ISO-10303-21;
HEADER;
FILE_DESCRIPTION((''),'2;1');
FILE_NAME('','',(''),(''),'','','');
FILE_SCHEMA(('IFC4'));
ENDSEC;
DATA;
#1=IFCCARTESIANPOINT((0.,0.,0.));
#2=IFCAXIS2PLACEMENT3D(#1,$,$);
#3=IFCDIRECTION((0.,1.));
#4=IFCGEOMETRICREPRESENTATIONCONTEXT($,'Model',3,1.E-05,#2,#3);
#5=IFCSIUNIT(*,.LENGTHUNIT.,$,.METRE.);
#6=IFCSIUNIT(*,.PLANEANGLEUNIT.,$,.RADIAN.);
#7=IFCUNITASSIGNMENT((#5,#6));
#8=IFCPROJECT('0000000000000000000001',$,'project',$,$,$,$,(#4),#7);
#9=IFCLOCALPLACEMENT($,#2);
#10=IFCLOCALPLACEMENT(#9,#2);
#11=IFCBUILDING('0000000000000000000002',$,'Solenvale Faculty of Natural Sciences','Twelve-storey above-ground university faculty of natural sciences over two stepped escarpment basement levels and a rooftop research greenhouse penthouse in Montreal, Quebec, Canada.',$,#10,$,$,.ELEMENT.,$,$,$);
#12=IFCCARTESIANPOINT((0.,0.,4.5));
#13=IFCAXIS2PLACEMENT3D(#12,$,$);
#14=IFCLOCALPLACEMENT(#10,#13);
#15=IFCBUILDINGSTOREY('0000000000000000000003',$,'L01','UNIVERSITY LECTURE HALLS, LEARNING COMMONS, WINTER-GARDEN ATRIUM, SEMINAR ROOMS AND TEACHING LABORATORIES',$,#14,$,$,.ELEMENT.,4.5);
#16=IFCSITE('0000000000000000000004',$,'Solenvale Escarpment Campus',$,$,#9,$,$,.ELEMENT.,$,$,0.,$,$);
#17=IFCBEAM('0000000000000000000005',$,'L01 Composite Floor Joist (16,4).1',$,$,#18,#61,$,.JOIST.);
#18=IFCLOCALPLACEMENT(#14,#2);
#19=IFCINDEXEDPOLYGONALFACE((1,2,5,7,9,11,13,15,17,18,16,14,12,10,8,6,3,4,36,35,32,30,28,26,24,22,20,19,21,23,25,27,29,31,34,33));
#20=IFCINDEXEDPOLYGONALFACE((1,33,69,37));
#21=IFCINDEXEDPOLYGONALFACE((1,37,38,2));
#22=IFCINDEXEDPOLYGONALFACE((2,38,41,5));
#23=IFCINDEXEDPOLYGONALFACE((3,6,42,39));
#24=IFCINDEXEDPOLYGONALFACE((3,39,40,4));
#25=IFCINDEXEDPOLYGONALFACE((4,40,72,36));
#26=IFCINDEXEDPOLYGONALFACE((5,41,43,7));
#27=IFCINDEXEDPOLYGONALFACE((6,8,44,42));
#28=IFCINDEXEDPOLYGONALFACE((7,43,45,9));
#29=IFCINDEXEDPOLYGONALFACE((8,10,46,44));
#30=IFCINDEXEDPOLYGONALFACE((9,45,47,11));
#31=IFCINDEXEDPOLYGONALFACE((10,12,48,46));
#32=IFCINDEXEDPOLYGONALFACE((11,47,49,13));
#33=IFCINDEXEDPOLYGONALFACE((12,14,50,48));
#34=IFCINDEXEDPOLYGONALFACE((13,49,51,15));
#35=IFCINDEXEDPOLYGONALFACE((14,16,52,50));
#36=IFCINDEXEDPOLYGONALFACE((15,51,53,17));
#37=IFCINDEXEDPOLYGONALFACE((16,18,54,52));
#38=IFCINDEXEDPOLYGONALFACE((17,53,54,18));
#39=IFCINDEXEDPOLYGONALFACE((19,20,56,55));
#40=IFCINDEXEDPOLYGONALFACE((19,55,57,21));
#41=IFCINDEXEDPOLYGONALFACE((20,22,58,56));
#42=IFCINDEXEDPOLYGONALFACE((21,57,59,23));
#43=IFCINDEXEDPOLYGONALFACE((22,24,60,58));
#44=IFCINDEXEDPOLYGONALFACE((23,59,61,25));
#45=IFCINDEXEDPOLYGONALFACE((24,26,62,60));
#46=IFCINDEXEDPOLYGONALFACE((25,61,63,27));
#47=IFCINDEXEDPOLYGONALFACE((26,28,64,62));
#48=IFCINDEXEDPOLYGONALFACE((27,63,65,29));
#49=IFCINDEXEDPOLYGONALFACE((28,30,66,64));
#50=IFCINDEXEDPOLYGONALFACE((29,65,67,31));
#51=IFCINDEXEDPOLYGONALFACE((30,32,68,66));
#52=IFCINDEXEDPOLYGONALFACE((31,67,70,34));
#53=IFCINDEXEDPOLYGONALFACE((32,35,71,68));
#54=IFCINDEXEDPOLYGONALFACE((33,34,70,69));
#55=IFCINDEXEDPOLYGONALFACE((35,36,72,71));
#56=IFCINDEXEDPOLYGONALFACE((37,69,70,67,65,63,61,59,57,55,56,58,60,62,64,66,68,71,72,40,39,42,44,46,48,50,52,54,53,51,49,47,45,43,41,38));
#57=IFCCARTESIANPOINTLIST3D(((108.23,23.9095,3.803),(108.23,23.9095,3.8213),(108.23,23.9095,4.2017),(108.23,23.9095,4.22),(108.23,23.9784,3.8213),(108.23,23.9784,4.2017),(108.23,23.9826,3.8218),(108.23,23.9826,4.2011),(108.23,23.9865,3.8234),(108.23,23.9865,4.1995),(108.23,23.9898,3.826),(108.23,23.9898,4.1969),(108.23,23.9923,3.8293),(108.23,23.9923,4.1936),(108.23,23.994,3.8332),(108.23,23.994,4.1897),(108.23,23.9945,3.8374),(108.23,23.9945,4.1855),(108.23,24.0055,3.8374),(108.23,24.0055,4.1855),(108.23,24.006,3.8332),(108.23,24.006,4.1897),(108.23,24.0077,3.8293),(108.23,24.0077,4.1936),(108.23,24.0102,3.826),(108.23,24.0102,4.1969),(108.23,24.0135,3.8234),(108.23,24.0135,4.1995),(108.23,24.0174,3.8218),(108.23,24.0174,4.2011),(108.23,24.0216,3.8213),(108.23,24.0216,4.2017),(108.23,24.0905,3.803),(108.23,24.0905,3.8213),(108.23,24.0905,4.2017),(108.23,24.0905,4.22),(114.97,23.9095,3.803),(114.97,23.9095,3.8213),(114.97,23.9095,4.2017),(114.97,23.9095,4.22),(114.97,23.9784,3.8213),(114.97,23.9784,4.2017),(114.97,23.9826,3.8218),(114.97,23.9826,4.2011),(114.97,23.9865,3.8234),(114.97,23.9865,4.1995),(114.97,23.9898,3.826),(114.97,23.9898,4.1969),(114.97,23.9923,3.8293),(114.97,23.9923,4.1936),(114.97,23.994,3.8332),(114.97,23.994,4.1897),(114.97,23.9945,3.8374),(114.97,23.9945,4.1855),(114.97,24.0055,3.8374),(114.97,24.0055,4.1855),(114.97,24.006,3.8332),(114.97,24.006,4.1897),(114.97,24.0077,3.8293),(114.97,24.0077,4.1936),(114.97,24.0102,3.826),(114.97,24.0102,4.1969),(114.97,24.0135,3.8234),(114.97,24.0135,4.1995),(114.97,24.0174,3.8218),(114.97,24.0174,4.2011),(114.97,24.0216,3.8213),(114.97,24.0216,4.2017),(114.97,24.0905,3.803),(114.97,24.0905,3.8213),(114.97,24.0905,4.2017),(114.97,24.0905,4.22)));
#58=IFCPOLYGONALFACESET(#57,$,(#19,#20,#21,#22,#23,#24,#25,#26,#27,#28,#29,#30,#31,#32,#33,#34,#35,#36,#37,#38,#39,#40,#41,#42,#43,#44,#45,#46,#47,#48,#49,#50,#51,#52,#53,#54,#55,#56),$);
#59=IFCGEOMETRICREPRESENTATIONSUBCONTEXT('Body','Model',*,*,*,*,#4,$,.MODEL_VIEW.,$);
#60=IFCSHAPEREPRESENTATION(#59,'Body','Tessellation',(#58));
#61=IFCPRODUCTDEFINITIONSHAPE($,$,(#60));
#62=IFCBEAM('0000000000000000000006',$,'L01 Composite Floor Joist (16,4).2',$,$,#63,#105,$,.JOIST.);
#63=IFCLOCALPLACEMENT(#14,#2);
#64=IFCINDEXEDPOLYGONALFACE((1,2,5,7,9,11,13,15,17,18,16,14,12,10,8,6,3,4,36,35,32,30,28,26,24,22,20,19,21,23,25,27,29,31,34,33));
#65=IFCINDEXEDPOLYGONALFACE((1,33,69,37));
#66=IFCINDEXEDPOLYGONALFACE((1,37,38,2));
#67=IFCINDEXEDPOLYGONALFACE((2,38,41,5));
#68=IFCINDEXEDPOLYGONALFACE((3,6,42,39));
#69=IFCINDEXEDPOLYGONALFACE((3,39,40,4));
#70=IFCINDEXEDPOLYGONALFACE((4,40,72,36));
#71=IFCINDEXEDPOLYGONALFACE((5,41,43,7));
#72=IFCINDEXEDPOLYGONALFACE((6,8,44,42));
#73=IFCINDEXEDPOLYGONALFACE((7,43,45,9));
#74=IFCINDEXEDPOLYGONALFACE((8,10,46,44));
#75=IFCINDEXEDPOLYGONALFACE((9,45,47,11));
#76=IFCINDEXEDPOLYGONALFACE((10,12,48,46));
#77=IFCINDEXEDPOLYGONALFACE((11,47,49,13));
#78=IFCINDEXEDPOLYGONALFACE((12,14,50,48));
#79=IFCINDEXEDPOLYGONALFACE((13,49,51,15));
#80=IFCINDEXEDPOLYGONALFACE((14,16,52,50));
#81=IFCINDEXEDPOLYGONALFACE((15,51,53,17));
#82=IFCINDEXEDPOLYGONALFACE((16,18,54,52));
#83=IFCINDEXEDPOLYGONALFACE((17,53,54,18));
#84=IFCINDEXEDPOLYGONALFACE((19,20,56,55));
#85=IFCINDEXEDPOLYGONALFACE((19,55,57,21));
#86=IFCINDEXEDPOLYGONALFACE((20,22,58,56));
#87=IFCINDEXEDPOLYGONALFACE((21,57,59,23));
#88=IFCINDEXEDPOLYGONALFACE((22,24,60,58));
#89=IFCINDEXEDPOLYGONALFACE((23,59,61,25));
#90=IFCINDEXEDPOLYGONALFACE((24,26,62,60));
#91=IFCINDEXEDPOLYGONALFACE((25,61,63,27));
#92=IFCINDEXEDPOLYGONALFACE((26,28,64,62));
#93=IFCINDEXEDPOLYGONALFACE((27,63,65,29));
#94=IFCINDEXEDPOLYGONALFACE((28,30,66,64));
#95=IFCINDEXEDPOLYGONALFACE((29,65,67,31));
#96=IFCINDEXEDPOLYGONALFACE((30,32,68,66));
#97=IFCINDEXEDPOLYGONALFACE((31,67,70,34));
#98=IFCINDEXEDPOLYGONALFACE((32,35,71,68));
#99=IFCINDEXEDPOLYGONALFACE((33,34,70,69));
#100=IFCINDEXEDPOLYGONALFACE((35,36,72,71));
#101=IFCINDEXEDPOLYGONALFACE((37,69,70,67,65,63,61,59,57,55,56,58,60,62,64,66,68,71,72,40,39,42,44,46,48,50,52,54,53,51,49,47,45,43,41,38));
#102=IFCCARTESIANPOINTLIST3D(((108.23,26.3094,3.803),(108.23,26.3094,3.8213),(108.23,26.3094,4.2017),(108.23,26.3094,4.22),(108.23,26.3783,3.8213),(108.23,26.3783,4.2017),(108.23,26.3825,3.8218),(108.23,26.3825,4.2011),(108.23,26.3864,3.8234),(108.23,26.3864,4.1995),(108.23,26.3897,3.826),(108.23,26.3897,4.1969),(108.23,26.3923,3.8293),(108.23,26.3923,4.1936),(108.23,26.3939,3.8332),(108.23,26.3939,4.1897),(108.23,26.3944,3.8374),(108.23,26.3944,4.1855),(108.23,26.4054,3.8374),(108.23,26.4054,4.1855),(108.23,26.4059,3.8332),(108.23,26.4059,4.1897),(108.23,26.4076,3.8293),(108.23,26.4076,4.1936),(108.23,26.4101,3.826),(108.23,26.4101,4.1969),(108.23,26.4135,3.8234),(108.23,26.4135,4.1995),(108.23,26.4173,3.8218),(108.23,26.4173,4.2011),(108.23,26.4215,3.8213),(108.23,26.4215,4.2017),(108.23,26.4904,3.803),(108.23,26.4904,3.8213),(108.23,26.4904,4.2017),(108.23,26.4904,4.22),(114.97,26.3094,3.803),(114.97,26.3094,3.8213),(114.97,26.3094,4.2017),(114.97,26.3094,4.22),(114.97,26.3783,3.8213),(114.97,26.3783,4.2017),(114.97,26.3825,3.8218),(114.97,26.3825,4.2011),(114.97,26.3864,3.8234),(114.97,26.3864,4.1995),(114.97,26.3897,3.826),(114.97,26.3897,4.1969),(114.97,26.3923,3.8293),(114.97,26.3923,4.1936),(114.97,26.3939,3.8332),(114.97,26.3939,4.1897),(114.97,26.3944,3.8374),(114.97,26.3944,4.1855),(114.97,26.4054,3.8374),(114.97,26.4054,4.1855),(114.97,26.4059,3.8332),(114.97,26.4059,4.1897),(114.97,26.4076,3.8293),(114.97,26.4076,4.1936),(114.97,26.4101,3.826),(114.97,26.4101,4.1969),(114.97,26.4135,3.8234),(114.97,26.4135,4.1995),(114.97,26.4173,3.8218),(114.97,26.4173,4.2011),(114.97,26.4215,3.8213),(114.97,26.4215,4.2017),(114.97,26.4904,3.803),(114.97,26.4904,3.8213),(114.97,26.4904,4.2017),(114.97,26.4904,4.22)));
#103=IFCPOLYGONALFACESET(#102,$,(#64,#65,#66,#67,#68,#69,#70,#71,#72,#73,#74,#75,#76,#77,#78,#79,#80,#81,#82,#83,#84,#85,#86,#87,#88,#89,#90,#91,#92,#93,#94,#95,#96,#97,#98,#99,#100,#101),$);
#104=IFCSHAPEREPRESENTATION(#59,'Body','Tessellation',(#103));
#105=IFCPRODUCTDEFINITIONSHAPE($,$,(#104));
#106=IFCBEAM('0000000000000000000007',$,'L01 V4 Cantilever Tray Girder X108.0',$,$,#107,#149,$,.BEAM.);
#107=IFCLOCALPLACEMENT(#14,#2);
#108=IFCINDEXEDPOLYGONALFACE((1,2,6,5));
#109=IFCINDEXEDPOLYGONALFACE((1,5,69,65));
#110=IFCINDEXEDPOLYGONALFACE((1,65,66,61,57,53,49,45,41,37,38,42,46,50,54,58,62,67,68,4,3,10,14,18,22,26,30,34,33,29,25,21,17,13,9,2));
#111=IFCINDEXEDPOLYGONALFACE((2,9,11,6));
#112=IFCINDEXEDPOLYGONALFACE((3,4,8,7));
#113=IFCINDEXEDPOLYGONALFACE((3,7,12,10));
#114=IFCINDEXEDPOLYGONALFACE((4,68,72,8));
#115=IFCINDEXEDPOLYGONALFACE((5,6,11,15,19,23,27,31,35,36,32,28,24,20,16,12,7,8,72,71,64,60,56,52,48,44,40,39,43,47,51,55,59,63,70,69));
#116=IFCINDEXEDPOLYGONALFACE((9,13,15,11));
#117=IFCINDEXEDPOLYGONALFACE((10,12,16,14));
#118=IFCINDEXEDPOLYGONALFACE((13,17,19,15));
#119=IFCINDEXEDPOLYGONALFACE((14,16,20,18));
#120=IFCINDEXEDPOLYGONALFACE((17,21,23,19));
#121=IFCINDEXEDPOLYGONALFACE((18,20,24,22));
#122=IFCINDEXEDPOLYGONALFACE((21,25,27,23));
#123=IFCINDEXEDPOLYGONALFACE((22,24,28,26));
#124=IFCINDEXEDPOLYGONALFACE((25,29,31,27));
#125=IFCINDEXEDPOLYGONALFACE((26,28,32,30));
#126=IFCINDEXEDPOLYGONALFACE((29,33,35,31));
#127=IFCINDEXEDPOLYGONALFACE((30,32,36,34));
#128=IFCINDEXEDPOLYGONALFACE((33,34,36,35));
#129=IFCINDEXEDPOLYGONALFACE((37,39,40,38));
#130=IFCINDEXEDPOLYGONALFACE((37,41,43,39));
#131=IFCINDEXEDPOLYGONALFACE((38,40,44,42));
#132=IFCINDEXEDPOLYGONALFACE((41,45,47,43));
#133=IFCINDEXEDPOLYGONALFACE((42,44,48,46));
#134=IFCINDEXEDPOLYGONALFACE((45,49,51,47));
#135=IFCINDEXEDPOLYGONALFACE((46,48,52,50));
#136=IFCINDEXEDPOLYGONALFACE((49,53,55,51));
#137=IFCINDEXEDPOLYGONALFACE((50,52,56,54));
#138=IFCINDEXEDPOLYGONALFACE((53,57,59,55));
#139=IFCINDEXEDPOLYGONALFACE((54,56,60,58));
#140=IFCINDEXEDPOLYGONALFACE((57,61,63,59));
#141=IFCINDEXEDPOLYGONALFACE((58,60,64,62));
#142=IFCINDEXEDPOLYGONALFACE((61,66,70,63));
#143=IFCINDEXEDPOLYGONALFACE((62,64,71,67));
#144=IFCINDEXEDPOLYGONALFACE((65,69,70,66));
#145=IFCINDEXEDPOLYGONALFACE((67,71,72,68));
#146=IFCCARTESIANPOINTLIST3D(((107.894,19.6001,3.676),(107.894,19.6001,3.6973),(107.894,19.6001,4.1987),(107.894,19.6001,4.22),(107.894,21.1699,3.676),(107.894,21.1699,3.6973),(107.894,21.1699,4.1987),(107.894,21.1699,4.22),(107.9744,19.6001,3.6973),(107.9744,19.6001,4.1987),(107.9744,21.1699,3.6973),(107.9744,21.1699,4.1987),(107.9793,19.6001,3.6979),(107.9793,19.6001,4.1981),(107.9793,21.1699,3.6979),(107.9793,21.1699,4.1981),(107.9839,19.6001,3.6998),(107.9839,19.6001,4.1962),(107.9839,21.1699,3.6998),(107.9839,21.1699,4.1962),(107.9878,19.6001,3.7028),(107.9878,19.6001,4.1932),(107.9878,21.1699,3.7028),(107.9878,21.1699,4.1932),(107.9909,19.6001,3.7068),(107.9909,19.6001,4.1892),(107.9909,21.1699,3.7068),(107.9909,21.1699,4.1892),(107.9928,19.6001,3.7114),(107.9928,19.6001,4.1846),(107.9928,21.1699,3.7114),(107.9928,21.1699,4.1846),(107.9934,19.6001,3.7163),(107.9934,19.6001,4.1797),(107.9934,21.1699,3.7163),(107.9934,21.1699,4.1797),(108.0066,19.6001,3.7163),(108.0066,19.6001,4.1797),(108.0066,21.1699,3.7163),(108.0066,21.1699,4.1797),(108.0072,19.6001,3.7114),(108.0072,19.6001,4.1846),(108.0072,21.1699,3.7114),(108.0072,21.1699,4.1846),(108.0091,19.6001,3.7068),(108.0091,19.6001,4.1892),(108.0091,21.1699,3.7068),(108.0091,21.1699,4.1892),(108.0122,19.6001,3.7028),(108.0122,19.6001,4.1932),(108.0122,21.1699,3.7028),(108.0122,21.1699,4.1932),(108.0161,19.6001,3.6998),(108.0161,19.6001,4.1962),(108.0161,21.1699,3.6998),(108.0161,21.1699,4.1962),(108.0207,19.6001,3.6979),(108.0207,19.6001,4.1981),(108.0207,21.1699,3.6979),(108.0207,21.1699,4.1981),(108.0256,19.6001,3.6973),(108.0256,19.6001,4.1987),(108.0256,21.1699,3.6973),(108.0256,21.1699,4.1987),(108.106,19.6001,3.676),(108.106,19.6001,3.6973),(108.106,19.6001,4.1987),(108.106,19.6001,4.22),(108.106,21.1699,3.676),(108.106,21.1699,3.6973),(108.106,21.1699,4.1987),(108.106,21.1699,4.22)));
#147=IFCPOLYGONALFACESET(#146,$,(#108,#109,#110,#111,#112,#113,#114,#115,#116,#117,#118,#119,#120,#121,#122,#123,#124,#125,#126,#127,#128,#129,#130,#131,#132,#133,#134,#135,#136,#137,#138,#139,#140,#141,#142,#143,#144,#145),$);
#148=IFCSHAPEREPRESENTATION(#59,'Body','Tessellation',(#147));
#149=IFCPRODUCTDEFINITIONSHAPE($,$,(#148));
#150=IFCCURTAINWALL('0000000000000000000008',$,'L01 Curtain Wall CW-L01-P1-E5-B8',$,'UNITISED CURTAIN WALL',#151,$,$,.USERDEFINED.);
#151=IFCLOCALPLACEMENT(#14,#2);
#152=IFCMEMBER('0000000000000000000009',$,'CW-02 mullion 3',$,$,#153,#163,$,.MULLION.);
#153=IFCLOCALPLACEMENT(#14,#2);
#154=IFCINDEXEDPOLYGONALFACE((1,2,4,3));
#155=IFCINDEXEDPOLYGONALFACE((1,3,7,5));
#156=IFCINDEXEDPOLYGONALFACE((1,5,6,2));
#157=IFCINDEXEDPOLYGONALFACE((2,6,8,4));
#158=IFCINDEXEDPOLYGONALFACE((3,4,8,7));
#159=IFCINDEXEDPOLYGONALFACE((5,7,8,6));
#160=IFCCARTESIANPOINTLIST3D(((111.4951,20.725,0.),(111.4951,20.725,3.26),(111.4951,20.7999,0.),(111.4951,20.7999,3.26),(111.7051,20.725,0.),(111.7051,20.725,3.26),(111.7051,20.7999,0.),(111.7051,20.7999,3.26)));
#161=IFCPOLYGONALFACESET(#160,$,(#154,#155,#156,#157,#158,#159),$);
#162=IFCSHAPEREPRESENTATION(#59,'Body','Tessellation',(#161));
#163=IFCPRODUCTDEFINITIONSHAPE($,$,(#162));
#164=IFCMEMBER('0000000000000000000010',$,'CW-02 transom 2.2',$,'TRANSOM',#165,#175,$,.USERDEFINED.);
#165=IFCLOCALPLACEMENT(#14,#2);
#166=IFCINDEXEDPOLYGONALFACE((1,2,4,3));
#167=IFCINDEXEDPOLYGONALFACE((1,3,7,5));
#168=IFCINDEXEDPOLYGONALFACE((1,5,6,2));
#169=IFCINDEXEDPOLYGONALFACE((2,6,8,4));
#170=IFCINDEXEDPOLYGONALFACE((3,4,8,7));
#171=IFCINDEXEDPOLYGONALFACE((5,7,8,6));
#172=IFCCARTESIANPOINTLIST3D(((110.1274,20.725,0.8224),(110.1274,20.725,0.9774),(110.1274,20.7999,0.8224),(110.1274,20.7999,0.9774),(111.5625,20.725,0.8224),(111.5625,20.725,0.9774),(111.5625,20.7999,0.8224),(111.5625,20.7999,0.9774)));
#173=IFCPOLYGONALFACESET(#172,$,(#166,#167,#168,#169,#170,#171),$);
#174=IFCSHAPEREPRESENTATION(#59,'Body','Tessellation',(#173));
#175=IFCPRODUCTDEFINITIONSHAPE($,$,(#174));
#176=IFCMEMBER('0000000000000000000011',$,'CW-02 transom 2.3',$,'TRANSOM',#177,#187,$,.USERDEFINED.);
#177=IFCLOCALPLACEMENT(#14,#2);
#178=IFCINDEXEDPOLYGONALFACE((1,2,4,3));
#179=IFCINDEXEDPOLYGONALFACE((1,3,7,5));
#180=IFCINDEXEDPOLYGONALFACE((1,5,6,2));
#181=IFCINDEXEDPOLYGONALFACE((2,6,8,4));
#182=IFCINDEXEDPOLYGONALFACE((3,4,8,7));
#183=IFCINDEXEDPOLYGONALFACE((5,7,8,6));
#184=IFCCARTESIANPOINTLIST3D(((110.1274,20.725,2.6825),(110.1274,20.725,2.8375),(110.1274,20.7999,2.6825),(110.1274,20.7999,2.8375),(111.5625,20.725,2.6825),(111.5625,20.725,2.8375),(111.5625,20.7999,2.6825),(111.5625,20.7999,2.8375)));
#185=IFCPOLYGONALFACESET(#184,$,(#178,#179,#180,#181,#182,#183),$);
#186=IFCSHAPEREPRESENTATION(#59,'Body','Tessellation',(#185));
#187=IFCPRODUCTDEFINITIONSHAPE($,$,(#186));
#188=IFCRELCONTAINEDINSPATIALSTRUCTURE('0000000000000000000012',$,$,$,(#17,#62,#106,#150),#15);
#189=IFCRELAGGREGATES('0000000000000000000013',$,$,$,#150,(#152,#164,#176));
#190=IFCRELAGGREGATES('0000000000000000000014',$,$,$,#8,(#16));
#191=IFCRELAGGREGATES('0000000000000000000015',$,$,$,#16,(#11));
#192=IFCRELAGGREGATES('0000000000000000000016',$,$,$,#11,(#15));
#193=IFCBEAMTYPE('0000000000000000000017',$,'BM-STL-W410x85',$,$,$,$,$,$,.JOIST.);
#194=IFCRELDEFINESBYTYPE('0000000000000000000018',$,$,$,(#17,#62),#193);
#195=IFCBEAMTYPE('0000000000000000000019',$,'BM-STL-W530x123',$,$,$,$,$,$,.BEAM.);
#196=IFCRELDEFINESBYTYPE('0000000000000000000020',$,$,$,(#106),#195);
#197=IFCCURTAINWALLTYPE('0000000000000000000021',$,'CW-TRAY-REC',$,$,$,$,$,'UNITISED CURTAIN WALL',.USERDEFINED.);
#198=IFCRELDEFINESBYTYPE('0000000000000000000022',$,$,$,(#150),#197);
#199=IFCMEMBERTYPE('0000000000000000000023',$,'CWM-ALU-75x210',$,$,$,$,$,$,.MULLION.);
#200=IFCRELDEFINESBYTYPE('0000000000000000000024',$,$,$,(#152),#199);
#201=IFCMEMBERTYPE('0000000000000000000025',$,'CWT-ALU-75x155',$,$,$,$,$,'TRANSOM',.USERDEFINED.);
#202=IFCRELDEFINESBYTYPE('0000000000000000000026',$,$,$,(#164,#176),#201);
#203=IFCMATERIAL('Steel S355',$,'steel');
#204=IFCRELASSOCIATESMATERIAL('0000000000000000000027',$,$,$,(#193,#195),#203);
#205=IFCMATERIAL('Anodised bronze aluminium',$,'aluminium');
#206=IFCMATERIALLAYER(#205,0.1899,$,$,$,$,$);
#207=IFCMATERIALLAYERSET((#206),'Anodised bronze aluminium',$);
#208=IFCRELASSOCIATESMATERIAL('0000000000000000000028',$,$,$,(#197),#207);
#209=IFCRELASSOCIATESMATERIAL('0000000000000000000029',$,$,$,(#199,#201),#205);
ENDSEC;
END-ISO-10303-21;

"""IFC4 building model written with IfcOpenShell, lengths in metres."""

from ifc_helpers import new_model, si_unit, direction, frame, origin, origin_2d, place, context, subcontext, project, spatial, rectangle, i_section, extrude, material, layer, layer_set, material_profile, profile_set, type_object, element, aggregate, save


model = new_model("IFC4")

# Units and contexts
model_context = context("Model", 3, precision=1e-05, world=origin(), true_north=direction((0.0, 1.0)))
body_context = subcontext(model_context, "Body", "Model", "MODEL_VIEW")
ifc_project = project(units=[si_unit("LENGTHUNIT", "METRE"), si_unit("PLANEANGLEUNIT", "RADIAN")], contexts=[model_context])

# Site, building, storey
site_placement = place(None, origin())
site = spatial("IfcSite", under=ifc_project, at=site_placement, Name="Solenvale Escarpment Campus", CompositionType="ELEMENT", RefElevation=0.0)
building_placement = place(site_placement, origin())
building = spatial("IfcBuilding", under=site, at=building_placement, Name="Solenvale Faculty of Natural Sciences", Description="Twelve-storey above-ground university faculty of natural sciences over two stepped escarpment basement levels and a rooftop research greenhouse penthouse in Montreal, Quebec, Canada.", CompositionType="ELEMENT")
storey_placement = place(building_placement, frame((0.0, 0.0, 4.5)))
storey = spatial("IfcBuildingStorey", under=building, at=storey_placement, Name="L01", Description="UNIVERSITY LECTURE HALLS, LEARNING COMMONS, WINTER-GARDEN ATRIUM, SEMINAR ROOMS AND TEACHING LABORATORIES", CompositionType="ELEMENT", Elevation=4.5)

# Beams
ifc_material_1 = material(Name="Steel S355", Category="steel")
ifc_material_profile_1 = material_profile(ifc_material_1, i_section(OverallWidth=0.1809, OverallDepth=0.417, WebThickness=0.011, FlangeThickness=0.0183, FilletRadius=0.0161, at=origin_2d()), Name="W410x85")
ifc_profile_set_1 = profile_set([ifc_material_profile_1], Name="Steel S355")
beam_type_1 = type_object("IfcBeamType", Name="BM-STL-W410x85", PredefinedType="JOIST", material=ifc_profile_set_1)
for number, where, z_axis, x_axis, name in (
    (1, (108.23, 24.0, 4.0115), (1.0, 0.0, 0.0), (0.0, 1.0, 0.0), "L01 Composite Floor Joist (16,4).1"),
    (2, (108.23, 26.3999, 4.0115), (1.0, 0.0, 0.0), (0.0, 1.0, 0.0), "L01 Composite Floor Joist (16,4).2"),
):
    element("IfcBeam", number, at=place(storey_placement, frame(where, z_axis=z_axis, x_axis=x_axis)), inside=storey, type_object=beam_type_1, Name=name, PredefinedType="JOIST", context=body_context, shape_type="SweptSolid", body=[
        extrude(i_section(OverallWidth=0.1809, OverallDepth=0.417, WebThickness=0.011, FlangeThickness=0.0183, FilletRadius=0.0161, at=origin_2d()), origin(), (0.0, 0.0, 1.0), 6.74),
    ])
ifc_material_profile_2 = material_profile(ifc_material_1, i_section(OverallWidth=0.2119, OverallDepth=0.5439, WebThickness=0.0132, FlangeThickness=0.0212, FilletRadius=0.019, at=origin_2d()), Name="W530x123")
ifc_profile_set_2 = profile_set([ifc_material_profile_2], Name="Steel S355")
beam_type_2 = type_object("IfcBeamType", Name="BM-STL-W530x123", PredefinedType="BEAM", material=ifc_profile_set_2)
beam_placement = place(storey_placement, frame((108.0, 21.1699, 3.948), z_axis=(0.0, -1.0, 0.0), x_axis=(1.0, 0.0, 0.0)))
element("IfcBeam", 3, at=beam_placement, inside=storey, type_object=beam_type_2, Name="L01 V4 Cantilever Tray Girder X108.0", PredefinedType="BEAM", context=body_context, shape_type="SweptSolid", body=[
    extrude(i_section(OverallWidth=0.2119, OverallDepth=0.5439, WebThickness=0.0132, FlangeThickness=0.0212, FilletRadius=0.019, at=origin_2d()), origin(), (0.0, 0.0, 1.0), 1.5698),
])

# Curtain wall, members
ifc_material_2 = material(Name="Anodised bronze aluminium", Category="aluminium")
ifc_layer_1 = layer(ifc_material_2, 0.1899)
ifc_layer_set_1 = layer_set([ifc_layer_1], Name="Anodised bronze aluminium")
curtain_wall_type = type_object("IfcCurtainWallType", Name="CW-TRAY-REC", ElementType="UNITISED CURTAIN WALL", PredefinedType="USERDEFINED", material=ifc_layer_set_1)
curtain_wall_placement = place(storey_placement, origin())
curtain_wall = element("IfcCurtainWall", 4, at=curtain_wall_placement, inside=storey, type_object=curtain_wall_type, Name="L01 Curtain Wall CW-L01-P1-E5-B8", ObjectType="UNITISED CURTAIN WALL", PredefinedType="USERDEFINED")
ifc_material_profile_3 = material_profile(ifc_material_2, rectangle(XDim=0.075, YDim=0.21, at=origin_2d()), Name="ALU-MUL-75x210")
ifc_profile_set_3 = profile_set([ifc_material_profile_3], Name="Anodised bronze aluminium")
member_type_1 = type_object("IfcMemberType", Name="CWM-ALU-75x210", PredefinedType="MULLION", material=ifc_profile_set_3)
member_1_placement = place(storey_placement, frame((111.6001, 20.7625, 0.0), z_axis=(0.0, 0.0, 1.0), x_axis=(0.0, 1.0, 0.0)))
member_1 = element("IfcMember", 5, at=member_1_placement, type_object=member_type_1, Name="CW-02 mullion 3", PredefinedType="MULLION", context=body_context, shape_type="SweptSolid", body=[
    extrude(rectangle(XDim=0.075, YDim=0.21, at=origin_2d()), origin(), (0.0, 0.0, 1.0), 3.26),
])
ifc_material_profile_4 = material_profile(ifc_material_2, rectangle(XDim=0.075, YDim=0.155, at=origin_2d()), Name="ALU-TRN-75x155")
ifc_profile_set_4 = profile_set([ifc_material_profile_4], Name="Anodised bronze aluminium")
member_type_2 = type_object("IfcMemberType", Name="CWT-ALU-75x155", ElementType="TRANSOM", PredefinedType="USERDEFINED", material=ifc_profile_set_4)
member_2_placement = place(storey_placement, frame((110.1274, 20.7625, 0.8999), z_axis=(1.0, 0.0, 0.0), x_axis=(0.0, 1.0, 0.0)))
member_2 = element("IfcMember", 6, at=member_2_placement, type_object=member_type_2, Name="CW-02 transom 2.2", ObjectType="TRANSOM", PredefinedType="USERDEFINED", context=body_context, shape_type="SweptSolid", body=[
    extrude(rectangle(XDim=0.075, YDim=0.155, at=origin_2d()), origin(), (0.0, 0.0, 1.0), 1.4351),
])
member_3_placement = place(storey_placement, frame((110.1274, 20.7625, 2.76), z_axis=(1.0, 0.0, 0.0), x_axis=(0.0, 1.0, 0.0)))
member_3 = element("IfcMember", 7, at=member_3_placement, type_object=member_type_2, Name="CW-02 transom 2.3", ObjectType="TRANSOM", PredefinedType="USERDEFINED", context=body_context, shape_type="SweptSolid", body=[
    extrude(rectangle(XDim=0.075, YDim=0.155, at=origin_2d()), origin(), (0.0, 0.0, 1.0), 1.4351),
])
aggregate(curtain_wall, [member_1, member_2, member_3])

save(model, "model.ifc")
